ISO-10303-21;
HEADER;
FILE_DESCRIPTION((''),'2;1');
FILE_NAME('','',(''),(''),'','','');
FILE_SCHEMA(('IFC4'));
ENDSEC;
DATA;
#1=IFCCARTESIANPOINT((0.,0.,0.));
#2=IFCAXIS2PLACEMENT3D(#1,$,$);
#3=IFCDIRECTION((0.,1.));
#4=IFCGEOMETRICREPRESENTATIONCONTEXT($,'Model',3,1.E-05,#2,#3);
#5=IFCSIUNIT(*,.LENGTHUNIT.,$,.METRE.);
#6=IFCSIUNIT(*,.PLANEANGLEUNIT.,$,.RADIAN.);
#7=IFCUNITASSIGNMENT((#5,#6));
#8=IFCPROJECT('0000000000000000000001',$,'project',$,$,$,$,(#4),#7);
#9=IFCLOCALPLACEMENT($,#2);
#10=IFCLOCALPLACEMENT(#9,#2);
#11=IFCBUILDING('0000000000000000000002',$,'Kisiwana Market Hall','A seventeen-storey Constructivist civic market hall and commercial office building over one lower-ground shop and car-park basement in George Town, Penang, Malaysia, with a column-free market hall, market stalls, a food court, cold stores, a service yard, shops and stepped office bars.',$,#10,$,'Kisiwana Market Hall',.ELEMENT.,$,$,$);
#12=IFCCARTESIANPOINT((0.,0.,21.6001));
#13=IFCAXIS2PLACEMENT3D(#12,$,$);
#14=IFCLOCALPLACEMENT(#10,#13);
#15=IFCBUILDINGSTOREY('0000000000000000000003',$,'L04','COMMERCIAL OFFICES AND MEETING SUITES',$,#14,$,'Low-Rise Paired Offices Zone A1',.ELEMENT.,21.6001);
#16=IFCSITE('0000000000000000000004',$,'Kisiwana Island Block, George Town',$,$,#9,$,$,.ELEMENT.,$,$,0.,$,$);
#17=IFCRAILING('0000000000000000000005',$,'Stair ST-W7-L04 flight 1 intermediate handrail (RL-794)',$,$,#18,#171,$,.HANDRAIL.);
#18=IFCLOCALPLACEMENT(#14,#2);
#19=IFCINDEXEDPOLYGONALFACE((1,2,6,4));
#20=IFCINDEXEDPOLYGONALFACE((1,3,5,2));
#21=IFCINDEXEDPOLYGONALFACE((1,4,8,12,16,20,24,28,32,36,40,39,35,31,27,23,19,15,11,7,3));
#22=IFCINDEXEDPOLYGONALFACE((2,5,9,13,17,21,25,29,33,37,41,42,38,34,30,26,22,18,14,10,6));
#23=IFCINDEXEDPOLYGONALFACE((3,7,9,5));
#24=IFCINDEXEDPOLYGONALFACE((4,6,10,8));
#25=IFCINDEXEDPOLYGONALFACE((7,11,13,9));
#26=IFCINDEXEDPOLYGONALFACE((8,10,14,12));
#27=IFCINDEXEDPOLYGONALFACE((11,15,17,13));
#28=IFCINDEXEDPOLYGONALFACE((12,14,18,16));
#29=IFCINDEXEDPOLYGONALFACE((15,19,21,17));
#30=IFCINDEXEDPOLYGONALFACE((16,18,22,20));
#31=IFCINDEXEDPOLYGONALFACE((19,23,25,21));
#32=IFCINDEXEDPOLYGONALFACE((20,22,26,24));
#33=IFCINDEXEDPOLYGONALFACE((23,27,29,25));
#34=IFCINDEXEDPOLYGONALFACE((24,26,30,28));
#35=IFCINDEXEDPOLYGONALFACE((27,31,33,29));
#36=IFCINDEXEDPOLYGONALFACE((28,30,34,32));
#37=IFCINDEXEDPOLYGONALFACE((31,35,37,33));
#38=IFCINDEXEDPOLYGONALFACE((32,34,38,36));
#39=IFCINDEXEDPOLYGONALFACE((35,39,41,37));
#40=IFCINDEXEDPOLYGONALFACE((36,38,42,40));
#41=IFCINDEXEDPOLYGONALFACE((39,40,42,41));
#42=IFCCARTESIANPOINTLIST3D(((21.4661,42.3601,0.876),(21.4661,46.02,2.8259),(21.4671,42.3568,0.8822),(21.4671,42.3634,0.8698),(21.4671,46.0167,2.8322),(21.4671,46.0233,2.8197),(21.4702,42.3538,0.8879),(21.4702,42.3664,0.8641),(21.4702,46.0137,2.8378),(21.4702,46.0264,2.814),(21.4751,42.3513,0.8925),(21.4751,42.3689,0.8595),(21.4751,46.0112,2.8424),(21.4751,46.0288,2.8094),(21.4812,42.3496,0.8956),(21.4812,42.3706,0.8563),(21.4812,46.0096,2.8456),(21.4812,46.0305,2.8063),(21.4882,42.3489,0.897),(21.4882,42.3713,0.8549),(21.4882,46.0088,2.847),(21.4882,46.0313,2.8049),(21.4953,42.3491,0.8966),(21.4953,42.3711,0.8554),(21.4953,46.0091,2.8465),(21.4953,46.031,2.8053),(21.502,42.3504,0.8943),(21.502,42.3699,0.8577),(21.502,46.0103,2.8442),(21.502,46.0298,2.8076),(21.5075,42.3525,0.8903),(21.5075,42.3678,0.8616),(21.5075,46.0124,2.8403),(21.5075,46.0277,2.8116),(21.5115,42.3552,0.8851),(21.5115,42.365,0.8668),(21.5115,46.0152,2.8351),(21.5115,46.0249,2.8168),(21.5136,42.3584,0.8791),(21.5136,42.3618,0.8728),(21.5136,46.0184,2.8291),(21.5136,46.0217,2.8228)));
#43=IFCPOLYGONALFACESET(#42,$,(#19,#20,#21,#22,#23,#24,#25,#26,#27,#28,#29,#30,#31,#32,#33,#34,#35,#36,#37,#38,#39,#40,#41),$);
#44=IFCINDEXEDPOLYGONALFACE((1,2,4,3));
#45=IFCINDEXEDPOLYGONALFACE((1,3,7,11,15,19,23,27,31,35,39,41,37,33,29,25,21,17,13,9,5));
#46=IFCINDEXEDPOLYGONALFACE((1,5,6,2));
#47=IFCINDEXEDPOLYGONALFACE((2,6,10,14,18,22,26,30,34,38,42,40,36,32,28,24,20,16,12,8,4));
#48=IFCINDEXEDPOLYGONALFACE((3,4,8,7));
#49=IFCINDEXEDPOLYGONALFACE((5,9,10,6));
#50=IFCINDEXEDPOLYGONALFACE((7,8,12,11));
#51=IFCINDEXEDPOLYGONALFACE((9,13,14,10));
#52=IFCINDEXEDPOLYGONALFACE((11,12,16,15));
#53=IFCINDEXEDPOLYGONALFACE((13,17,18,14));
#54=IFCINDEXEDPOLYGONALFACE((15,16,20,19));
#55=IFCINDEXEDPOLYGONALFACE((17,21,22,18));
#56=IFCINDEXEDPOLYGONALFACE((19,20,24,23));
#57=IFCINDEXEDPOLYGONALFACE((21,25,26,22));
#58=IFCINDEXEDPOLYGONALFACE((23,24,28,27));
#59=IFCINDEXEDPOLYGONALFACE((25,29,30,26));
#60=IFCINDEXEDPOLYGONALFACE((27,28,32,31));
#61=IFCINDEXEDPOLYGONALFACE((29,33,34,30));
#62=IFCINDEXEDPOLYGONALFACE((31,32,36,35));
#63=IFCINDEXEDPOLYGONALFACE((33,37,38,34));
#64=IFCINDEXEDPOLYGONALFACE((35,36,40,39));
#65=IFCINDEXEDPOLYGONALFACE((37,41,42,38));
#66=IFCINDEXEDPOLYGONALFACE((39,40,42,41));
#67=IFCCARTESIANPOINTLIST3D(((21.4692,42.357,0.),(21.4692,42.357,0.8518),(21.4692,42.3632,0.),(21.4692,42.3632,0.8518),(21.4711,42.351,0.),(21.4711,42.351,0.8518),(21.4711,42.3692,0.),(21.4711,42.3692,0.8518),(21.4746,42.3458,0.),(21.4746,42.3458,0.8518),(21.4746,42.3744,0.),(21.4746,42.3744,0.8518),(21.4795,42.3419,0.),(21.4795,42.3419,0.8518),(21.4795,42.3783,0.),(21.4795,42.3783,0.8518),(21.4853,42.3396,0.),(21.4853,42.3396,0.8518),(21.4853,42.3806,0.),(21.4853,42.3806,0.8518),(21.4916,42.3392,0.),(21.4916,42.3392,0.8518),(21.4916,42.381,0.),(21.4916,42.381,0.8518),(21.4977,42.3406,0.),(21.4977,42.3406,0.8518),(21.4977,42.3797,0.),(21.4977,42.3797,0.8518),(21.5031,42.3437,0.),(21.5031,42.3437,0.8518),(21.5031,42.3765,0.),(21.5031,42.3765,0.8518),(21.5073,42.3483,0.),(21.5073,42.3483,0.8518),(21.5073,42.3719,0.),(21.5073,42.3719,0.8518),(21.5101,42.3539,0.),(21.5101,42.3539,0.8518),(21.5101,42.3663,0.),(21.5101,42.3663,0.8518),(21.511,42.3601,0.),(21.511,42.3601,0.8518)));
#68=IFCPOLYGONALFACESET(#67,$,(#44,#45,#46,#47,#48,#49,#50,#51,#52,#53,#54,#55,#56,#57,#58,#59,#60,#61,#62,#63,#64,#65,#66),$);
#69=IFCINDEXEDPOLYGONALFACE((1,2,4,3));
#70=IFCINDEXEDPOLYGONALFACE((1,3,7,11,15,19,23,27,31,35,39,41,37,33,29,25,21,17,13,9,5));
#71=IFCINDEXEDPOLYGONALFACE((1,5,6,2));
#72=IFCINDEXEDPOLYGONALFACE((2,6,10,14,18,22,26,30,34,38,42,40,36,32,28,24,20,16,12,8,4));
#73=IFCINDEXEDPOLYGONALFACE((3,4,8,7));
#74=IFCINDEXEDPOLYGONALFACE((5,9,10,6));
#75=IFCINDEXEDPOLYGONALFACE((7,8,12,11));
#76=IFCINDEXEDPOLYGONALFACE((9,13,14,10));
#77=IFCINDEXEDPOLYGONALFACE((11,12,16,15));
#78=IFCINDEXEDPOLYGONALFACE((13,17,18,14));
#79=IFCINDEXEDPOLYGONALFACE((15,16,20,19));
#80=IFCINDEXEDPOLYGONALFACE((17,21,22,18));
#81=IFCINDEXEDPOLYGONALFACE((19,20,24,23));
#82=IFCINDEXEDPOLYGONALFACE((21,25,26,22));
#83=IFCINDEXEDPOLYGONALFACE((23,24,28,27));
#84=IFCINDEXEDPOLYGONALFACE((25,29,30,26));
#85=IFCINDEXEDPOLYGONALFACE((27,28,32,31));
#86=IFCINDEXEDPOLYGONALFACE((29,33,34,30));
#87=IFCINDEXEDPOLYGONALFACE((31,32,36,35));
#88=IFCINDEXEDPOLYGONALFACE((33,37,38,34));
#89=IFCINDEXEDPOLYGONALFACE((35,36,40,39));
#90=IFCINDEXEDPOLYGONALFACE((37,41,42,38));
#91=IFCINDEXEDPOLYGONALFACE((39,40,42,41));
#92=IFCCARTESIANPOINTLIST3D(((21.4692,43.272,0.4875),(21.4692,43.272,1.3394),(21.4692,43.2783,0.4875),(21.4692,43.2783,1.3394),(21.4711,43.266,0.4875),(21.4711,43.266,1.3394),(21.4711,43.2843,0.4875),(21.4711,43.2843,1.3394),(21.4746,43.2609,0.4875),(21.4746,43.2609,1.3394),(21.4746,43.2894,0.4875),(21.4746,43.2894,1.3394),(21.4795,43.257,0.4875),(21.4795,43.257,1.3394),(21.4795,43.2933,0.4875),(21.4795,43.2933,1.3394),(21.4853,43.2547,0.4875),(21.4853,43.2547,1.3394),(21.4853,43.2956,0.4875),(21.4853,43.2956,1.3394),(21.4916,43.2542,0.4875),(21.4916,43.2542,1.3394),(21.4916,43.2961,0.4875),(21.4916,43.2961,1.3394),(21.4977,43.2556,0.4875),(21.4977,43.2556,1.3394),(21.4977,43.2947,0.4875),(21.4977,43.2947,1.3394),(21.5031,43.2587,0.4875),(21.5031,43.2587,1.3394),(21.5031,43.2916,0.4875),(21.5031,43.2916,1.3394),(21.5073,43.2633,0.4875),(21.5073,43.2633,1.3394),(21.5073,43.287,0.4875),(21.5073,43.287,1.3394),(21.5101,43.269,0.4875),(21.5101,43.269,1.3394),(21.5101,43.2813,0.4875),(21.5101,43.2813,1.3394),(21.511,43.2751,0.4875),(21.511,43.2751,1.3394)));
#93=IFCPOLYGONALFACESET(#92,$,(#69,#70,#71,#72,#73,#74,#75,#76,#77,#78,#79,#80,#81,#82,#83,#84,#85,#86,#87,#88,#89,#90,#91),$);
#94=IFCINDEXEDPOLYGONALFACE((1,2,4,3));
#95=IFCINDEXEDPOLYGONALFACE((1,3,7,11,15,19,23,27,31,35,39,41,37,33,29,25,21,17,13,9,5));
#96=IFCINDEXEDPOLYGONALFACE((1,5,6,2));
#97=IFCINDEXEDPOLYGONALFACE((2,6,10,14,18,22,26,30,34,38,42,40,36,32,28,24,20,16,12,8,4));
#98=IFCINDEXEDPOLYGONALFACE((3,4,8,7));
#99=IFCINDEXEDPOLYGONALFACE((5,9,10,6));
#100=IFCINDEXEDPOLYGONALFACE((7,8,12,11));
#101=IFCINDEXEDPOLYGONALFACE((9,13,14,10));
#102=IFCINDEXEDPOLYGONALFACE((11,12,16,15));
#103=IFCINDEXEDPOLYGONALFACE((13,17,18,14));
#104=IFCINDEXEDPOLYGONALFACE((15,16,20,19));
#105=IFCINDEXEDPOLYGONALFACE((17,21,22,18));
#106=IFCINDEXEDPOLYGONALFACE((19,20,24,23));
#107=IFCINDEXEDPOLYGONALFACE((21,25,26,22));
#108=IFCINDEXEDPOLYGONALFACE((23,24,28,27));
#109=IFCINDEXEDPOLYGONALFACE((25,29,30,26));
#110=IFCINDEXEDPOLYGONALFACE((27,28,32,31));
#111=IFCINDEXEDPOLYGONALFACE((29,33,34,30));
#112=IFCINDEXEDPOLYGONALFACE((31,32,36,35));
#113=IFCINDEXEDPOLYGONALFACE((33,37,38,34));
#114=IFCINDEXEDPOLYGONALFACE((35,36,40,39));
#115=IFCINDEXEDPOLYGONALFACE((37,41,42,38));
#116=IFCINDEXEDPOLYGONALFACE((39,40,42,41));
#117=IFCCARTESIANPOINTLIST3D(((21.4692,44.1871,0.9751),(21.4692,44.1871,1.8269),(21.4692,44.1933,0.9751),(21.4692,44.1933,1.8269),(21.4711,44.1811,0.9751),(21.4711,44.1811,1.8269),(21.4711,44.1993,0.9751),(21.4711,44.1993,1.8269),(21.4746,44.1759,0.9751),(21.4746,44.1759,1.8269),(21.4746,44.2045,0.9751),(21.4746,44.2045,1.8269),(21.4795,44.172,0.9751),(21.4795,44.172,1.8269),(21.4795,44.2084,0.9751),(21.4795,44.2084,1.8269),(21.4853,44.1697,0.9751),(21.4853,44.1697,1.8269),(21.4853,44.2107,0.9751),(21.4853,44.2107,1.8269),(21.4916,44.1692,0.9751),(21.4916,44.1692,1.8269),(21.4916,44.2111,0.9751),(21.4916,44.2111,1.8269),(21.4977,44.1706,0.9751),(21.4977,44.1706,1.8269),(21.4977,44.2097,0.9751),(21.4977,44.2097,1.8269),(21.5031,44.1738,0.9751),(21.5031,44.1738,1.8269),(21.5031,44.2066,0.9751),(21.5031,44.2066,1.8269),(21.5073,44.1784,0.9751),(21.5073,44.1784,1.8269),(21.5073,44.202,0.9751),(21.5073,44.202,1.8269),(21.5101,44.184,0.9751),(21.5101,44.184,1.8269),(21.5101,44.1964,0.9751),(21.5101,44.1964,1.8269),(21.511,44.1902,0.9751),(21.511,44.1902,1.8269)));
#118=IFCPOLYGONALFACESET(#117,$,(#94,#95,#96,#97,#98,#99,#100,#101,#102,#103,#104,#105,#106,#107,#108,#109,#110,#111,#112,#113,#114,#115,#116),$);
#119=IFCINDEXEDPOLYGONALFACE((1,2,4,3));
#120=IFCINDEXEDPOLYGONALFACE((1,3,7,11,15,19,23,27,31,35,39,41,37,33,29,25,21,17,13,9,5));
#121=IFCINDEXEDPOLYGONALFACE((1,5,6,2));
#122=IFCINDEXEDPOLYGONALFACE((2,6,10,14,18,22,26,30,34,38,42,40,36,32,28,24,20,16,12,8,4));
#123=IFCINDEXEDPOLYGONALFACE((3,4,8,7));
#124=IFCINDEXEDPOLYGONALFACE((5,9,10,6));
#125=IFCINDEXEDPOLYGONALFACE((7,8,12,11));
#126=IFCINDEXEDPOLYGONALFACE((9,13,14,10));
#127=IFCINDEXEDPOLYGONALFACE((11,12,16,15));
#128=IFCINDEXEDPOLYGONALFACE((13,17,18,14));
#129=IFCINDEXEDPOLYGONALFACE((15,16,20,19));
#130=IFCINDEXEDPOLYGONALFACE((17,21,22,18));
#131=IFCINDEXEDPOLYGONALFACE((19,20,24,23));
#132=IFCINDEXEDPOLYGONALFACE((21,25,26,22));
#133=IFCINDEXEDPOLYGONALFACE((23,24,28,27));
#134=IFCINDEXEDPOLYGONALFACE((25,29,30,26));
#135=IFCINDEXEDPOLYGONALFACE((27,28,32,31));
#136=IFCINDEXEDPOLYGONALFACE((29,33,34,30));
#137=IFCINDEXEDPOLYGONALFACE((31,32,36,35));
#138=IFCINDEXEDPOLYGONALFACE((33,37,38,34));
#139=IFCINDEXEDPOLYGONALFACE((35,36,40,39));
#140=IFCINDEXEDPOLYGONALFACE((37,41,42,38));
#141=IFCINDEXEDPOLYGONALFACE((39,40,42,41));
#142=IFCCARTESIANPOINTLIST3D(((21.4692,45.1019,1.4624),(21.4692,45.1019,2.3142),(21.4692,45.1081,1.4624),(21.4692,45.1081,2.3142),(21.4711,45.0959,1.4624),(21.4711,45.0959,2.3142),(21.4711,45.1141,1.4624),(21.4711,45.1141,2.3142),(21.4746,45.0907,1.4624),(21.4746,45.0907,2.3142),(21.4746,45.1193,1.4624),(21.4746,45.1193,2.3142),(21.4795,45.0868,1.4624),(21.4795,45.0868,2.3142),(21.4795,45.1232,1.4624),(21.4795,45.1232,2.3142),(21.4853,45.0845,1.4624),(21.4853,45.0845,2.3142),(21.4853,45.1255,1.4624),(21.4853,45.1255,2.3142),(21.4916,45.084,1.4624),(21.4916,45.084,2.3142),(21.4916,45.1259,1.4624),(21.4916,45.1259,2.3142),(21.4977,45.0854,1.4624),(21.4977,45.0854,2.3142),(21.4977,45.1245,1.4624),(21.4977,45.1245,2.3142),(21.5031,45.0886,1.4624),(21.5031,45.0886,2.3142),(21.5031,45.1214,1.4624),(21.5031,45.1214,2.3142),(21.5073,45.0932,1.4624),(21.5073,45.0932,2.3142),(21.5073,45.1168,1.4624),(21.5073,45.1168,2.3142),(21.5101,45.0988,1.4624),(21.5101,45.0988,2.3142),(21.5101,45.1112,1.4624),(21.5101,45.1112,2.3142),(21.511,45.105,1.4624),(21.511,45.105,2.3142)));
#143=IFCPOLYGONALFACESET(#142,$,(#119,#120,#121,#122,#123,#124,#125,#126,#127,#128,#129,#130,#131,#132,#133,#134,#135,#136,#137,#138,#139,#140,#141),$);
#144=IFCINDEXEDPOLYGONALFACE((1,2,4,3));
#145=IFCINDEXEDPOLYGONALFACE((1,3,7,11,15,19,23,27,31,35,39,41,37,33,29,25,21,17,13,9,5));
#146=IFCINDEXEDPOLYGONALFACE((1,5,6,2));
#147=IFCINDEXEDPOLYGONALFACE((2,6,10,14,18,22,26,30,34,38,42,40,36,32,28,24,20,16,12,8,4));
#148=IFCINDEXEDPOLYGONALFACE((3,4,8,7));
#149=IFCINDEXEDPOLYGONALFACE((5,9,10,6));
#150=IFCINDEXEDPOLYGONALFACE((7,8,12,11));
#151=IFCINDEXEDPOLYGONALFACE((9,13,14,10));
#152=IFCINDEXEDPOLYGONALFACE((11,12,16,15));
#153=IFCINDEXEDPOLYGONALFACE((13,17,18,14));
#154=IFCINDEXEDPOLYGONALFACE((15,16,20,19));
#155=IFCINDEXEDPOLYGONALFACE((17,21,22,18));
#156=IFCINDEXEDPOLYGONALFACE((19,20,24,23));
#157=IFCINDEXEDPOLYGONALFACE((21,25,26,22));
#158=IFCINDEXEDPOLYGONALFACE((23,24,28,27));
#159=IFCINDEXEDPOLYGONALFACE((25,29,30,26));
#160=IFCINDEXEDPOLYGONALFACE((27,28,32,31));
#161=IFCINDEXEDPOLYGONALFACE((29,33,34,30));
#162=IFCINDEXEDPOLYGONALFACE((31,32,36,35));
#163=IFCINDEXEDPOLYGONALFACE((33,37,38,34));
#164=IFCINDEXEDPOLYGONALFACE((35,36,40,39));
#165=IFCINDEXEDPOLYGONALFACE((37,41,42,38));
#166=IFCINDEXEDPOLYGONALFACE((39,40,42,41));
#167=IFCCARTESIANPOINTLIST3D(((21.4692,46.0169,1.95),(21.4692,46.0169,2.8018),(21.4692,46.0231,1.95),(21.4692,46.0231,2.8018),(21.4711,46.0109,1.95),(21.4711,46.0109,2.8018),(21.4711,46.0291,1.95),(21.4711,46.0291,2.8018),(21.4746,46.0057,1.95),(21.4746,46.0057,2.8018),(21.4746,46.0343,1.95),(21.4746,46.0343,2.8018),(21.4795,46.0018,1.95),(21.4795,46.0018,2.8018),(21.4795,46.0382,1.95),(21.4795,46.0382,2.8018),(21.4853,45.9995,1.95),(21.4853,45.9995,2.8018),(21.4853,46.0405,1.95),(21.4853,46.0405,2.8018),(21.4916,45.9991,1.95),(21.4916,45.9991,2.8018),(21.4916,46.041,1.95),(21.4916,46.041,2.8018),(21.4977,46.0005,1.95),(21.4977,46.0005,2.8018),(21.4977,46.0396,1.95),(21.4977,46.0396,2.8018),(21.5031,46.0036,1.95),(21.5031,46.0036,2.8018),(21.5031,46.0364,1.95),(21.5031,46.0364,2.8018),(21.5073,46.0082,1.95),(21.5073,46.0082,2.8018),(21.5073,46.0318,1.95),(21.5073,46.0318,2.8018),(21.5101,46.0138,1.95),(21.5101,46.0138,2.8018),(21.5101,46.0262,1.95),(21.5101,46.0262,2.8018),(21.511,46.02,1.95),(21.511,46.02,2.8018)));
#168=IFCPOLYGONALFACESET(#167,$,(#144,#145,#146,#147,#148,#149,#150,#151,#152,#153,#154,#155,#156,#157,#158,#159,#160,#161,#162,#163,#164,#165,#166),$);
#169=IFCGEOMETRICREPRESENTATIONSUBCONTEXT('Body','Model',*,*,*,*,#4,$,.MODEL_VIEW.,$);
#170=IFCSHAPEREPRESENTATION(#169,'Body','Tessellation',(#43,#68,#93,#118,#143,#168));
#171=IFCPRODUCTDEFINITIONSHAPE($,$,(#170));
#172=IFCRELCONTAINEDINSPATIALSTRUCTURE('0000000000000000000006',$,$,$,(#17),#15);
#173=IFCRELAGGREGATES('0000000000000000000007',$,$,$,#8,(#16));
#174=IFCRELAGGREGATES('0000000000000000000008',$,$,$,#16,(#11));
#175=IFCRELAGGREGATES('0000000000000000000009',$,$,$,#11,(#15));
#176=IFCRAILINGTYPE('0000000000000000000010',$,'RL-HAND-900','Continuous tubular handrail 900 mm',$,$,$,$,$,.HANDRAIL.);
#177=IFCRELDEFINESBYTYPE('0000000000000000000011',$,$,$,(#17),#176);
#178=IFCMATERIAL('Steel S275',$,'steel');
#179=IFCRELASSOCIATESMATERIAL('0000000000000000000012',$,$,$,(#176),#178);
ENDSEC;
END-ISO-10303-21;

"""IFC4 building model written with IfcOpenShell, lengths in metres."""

from ifc_helpers import new_model, si_unit, direction, frame, origin, origin_2d, place, context, subcontext, project, spatial, circle, extrude, material, type_object, element, save


model = new_model("IFC4")

# Units and contexts
model_context = context("Model", 3, precision=1e-05, world=origin(), true_north=direction((0.0, 1.0)))
body_context = subcontext(model_context, "Body", "Model", "MODEL_VIEW")
ifc_project = project(units=[si_unit("LENGTHUNIT", "METRE"), si_unit("PLANEANGLEUNIT", "RADIAN")], contexts=[model_context])

# Site, building, storey
site_placement = place(None, origin())
site = spatial("IfcSite", under=ifc_project, at=site_placement, Name="Kisiwana Island Block, George Town", CompositionType="ELEMENT", RefElevation=0.0)
building_placement = place(site_placement, origin())
building = spatial("IfcBuilding", under=site, at=building_placement, Name="Kisiwana Market Hall", Description="A seventeen-storey Constructivist civic market hall and commercial office building over one lower-ground shop and car-park basement in George Town, Penang, Malaysia, with a column-free market hall, market stalls, a food court, cold stores, a service yard, shops and stepped office bars.", LongName="Kisiwana Market Hall", CompositionType="ELEMENT")
storey_placement = place(building_placement, frame((0.0, 0.0, 21.6001)))
storey = spatial("IfcBuildingStorey", under=building, at=storey_placement, Name="L04", Description="COMMERCIAL OFFICES AND MEETING SUITES", LongName="Low-Rise Paired Offices Zone A1", CompositionType="ELEMENT", Elevation=21.6001)

# Railing
ifc_material_1 = material(Name="Steel S275", Category="steel")
railing_type_1 = type_object("IfcRailingType", Name="RL-HAND-900", Description="Continuous tubular handrail 900 mm", PredefinedType="HANDRAIL", material=ifc_material_1)
for number, where, name in (
    (1, (21.49, 42.3601, 0.0), "Stair ST-W7-L04 flight 1 intermediate handrail (RL-794)"),
):
    element("IfcRailing", number, at=place(storey_placement, frame(where)), inside=storey, type_object=railing_type_1, Name=name, PredefinedType="HANDRAIL", context=body_context, shape_type="SweptSolid", body=[
        extrude(circle(Radius=0.0239, at=origin_2d()), frame((0.0, 0.0, 0.876), z_axis=(0.0, 0.882553, 0.470212), x_axis=(-1.0, 0.0, 0.0)), (0.0, 0.0, 1.0), 4.147),
        extrude(circle(Radius=0.021, at=origin_2d()), origin(), (0.0, 0.0, 1.0), 0.8518),
        extrude(circle(Radius=0.021, at=origin_2d()), frame((0.0, 0.915, 0.4875)), (0.0, 0.0, 1.0), 0.8518),
        extrude(circle(Radius=0.021, at=origin_2d()), frame((0.0, 1.8301, 0.9751)), (0.0, 0.0, 1.0), 0.8518),
        extrude(circle(Radius=0.021, at=origin_2d()), frame((0.0, 2.7449, 1.4624)), (0.0, 0.0, 1.0), 0.8518),
        extrude(circle(Radius=0.021, at=origin_2d()), frame((0.0, 3.6599, 1.95)), (0.0, 0.0, 1.0), 0.8518),
    ])

save(model, "model.ifc")
